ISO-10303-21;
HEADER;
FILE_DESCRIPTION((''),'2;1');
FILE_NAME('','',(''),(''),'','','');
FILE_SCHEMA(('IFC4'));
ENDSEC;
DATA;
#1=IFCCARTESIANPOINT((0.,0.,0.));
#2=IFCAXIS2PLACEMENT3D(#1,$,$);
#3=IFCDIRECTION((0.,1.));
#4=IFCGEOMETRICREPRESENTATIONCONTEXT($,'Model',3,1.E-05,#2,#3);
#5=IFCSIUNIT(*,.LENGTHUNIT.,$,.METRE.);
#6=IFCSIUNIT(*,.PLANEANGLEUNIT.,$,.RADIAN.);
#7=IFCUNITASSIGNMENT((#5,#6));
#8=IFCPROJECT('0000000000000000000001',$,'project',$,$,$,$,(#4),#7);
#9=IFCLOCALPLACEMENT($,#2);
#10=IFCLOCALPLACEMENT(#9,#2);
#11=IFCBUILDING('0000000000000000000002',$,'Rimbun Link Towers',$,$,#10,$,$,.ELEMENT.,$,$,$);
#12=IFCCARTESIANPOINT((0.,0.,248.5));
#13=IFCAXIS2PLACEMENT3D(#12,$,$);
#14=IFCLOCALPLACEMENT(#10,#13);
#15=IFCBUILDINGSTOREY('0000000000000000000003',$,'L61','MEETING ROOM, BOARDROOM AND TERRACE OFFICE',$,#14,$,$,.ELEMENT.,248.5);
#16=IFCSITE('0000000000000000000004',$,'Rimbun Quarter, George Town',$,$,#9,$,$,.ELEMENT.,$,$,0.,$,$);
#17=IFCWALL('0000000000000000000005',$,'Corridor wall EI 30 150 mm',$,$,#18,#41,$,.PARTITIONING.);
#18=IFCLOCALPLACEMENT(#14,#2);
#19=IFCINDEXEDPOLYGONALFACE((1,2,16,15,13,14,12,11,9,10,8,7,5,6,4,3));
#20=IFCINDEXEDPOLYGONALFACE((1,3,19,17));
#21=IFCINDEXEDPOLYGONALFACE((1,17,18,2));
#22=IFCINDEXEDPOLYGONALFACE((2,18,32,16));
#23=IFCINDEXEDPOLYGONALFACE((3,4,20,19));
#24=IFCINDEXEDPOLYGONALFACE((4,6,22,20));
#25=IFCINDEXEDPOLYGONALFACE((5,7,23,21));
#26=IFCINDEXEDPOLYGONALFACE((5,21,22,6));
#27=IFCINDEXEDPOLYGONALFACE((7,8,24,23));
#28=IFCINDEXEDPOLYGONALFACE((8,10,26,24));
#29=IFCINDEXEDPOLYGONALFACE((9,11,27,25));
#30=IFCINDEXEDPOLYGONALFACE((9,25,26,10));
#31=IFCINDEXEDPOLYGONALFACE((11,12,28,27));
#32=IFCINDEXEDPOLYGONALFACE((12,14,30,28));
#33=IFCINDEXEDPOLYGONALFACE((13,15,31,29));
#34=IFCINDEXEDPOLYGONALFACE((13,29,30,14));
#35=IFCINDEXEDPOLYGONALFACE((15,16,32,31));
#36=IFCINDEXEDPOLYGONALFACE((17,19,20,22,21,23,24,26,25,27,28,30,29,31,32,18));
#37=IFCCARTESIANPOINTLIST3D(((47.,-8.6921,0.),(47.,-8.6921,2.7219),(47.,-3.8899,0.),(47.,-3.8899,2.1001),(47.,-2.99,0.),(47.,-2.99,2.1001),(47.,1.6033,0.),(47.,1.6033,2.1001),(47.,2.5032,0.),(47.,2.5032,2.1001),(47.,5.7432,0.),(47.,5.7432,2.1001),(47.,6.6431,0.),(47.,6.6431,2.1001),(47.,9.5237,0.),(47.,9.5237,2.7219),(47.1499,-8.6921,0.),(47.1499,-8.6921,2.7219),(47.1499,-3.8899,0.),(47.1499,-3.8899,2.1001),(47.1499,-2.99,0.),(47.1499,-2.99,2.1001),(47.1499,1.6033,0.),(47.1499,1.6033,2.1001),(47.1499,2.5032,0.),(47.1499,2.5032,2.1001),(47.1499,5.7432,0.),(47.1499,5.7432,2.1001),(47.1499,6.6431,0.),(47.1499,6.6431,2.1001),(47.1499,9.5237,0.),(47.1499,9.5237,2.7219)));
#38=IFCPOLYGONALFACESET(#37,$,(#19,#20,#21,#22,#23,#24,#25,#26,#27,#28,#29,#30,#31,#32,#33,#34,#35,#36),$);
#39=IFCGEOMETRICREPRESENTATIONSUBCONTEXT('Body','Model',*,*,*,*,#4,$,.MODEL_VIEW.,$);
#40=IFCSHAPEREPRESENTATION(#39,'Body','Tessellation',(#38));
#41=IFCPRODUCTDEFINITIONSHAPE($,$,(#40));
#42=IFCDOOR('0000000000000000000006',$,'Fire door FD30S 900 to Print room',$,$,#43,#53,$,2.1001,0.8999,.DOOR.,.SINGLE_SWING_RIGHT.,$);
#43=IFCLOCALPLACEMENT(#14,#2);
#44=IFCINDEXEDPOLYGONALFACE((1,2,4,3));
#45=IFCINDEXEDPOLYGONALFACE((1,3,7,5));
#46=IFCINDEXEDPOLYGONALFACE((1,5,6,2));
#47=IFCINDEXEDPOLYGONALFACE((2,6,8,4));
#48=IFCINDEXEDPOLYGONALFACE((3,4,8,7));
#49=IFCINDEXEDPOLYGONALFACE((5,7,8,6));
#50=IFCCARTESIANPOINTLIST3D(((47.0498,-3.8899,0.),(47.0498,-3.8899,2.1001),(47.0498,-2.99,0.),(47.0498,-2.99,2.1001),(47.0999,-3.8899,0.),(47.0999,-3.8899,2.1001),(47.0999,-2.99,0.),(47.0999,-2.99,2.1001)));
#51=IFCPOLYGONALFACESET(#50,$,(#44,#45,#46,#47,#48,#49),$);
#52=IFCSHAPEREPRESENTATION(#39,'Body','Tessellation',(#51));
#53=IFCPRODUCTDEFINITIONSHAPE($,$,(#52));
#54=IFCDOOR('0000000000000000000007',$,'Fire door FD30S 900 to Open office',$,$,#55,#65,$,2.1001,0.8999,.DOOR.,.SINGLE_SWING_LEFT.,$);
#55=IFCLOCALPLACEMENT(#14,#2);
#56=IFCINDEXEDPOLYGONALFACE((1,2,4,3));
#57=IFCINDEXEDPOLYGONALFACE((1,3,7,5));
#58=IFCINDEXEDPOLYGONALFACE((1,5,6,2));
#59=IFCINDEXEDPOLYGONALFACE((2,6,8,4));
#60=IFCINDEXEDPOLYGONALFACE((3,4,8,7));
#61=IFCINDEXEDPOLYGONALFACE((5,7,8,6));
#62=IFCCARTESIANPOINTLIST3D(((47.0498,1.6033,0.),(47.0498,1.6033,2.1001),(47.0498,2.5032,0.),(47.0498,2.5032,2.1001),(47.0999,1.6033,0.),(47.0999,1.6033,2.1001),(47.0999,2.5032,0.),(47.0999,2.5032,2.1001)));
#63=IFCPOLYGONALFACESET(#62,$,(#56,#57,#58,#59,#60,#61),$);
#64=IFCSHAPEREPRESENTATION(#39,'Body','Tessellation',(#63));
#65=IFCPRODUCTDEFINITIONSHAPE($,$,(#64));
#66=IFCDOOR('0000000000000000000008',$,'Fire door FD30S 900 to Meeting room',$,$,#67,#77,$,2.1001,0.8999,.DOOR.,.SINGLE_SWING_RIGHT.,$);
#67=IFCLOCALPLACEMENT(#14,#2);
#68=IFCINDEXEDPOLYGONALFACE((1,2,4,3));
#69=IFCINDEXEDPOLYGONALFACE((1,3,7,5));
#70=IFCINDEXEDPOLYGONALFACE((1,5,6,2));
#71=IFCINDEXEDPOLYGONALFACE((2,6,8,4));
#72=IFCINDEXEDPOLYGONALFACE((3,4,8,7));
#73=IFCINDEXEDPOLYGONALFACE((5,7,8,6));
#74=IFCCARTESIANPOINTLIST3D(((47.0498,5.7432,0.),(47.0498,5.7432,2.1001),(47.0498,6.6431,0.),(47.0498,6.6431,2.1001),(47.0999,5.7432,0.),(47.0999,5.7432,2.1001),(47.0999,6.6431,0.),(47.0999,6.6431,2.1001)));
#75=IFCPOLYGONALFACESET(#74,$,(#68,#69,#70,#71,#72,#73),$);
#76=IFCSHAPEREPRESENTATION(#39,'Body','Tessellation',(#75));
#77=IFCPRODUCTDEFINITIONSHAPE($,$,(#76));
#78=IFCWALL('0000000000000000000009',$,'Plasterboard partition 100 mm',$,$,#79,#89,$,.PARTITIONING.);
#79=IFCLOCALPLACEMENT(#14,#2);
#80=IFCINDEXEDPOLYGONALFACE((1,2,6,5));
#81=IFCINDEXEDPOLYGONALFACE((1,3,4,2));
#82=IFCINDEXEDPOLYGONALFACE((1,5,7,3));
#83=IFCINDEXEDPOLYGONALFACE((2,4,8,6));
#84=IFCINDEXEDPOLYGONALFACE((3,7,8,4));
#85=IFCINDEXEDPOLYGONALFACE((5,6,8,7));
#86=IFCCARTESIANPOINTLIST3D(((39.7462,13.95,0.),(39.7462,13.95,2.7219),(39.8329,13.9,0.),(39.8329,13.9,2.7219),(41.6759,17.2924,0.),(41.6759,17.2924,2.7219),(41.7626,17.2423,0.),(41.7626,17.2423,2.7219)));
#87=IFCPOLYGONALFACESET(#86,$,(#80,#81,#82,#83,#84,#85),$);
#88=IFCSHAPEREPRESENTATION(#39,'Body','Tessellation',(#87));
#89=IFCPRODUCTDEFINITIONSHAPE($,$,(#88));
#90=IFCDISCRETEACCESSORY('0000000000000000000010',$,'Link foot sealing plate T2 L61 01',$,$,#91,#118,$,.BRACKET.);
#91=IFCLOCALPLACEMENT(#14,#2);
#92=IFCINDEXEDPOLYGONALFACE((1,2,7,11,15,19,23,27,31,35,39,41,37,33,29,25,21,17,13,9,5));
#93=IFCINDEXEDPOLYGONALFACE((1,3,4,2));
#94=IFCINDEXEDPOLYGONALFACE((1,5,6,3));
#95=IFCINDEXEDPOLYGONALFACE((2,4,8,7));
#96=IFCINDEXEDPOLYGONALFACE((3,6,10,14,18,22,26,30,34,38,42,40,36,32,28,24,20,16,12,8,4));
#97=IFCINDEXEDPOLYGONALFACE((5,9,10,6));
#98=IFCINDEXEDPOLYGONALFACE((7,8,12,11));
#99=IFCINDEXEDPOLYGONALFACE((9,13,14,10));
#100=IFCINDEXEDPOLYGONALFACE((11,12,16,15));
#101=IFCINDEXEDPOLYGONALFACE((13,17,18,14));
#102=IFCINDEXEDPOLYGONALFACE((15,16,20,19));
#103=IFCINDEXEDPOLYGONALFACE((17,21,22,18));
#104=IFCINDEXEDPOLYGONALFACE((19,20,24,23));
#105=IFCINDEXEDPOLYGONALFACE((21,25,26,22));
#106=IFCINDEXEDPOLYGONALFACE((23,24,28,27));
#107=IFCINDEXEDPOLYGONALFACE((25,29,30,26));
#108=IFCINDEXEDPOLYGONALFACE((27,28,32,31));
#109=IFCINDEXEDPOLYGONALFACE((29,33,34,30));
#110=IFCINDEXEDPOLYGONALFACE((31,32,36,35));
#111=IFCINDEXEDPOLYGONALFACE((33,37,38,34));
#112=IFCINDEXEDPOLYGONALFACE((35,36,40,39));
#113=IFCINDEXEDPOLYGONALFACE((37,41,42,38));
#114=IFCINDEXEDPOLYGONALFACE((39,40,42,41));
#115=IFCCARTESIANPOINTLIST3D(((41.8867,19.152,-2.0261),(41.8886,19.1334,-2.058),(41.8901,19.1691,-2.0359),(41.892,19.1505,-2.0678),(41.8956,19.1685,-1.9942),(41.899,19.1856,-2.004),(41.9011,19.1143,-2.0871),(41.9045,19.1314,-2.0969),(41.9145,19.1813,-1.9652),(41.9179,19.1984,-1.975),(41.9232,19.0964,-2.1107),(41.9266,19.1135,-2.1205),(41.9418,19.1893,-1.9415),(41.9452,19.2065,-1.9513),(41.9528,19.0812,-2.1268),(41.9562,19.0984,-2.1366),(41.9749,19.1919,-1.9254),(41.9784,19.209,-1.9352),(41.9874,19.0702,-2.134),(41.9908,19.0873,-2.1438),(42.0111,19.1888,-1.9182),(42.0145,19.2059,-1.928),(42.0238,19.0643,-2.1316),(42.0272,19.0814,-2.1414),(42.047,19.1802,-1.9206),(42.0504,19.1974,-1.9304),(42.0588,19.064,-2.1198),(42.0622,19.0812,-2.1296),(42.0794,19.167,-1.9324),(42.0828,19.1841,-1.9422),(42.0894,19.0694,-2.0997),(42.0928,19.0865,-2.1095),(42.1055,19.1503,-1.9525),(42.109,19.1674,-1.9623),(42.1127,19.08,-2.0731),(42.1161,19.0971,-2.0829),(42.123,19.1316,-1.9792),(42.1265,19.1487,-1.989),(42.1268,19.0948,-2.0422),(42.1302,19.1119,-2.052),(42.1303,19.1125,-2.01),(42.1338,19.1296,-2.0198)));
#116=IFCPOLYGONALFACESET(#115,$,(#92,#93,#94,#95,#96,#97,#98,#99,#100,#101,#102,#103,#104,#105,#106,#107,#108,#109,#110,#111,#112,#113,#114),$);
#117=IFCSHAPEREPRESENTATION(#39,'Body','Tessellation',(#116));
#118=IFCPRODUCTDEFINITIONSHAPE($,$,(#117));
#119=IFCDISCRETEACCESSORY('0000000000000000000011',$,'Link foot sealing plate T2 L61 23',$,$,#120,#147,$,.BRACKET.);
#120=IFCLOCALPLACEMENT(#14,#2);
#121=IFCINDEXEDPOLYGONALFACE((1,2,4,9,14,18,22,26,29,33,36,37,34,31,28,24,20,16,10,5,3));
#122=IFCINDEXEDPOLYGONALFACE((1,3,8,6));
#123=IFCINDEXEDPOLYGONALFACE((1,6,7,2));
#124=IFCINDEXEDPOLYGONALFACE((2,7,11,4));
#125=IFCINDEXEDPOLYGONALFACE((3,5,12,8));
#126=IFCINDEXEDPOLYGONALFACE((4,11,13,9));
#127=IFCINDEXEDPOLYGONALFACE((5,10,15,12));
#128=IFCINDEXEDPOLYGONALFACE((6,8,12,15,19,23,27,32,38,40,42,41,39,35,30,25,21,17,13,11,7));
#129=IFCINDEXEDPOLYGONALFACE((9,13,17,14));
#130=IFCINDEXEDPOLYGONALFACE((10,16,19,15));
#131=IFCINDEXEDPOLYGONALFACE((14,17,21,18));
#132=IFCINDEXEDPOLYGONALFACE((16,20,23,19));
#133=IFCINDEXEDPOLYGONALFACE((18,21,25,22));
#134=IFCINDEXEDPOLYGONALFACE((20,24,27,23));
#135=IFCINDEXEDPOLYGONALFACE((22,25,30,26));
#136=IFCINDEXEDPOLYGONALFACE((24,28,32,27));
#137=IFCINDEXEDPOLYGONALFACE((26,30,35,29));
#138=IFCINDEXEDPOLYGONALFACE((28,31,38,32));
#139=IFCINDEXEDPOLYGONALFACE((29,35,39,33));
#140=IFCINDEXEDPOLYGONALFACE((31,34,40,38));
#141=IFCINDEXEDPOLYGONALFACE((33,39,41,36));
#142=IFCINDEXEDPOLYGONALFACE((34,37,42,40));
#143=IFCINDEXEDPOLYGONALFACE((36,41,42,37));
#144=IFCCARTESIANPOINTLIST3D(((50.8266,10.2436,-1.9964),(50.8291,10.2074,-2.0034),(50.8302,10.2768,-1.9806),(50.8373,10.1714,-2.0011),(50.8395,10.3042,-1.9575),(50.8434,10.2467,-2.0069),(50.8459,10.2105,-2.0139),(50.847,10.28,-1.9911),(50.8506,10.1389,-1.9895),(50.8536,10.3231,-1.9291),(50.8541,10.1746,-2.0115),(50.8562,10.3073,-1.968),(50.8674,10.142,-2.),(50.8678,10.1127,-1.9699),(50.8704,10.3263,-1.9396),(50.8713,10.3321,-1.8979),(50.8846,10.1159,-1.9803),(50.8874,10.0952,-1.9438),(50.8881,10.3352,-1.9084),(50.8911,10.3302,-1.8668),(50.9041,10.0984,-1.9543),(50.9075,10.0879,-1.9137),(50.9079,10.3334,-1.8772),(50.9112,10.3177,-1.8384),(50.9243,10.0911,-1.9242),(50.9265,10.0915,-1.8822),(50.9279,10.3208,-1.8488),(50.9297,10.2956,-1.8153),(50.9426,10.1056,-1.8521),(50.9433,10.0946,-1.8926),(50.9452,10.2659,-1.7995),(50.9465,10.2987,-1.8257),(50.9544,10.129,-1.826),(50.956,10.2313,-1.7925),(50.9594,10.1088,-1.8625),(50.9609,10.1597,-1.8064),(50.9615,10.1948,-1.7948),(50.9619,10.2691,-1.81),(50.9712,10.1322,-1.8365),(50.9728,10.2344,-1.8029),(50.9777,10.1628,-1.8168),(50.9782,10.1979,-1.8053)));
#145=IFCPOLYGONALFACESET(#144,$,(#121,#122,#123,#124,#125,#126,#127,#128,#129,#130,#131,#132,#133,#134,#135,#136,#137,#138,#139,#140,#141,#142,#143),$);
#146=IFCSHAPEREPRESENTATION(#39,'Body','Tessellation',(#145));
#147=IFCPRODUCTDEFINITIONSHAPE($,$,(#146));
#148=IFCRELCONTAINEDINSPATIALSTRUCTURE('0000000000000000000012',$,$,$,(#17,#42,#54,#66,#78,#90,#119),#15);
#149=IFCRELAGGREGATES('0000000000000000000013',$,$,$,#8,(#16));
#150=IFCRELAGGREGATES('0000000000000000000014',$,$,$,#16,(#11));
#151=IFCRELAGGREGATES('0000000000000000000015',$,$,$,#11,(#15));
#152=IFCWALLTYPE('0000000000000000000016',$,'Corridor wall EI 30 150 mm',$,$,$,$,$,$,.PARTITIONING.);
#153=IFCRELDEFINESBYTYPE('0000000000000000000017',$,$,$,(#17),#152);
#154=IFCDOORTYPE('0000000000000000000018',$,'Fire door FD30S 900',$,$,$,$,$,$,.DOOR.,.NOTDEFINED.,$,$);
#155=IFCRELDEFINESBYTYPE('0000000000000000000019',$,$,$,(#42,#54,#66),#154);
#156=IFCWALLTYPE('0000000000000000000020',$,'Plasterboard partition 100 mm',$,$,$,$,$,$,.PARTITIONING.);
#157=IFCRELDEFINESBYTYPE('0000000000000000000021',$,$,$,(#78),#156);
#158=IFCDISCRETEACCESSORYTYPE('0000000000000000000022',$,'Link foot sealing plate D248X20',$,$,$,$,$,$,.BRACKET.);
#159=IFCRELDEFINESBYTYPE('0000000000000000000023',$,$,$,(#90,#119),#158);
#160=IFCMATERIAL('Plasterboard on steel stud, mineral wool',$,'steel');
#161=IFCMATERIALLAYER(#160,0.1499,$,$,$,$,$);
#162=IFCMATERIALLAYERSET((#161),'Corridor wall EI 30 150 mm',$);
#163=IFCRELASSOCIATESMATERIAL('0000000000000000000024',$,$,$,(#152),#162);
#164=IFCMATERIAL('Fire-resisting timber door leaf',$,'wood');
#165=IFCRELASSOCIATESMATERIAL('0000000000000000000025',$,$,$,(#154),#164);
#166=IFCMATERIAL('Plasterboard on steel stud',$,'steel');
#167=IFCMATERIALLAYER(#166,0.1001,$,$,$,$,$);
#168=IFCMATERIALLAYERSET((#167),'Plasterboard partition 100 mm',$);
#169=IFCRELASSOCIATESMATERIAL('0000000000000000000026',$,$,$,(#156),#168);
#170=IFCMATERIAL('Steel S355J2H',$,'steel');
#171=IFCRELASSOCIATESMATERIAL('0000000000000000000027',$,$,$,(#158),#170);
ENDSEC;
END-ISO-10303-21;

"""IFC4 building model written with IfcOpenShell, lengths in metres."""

from ifc_helpers import new_model, si_unit, direction, frame, frame_2d, origin, origin_2d, place, context, subcontext, project, spatial, rectangle, circle, extrude, material, layer, layer_set, material_profile, profile_set, type_object, element, fill, save


model = new_model("IFC4")

# Units and contexts
model_context = context("Model", 3, precision=1e-05, world=origin(), true_north=direction((0.0, 1.0)))
body_context = subcontext(model_context, "Body", "Model", "MODEL_VIEW")
ifc_project = project(units=[si_unit("LENGTHUNIT", "METRE"), si_unit("PLANEANGLEUNIT", "RADIAN")], contexts=[model_context])

# Site, building, storey
site_placement = place(None, origin())
site = spatial("IfcSite", under=ifc_project, at=site_placement, Name="Rimbun Quarter, George Town", CompositionType="ELEMENT", RefElevation=0.0)
building_placement = place(site_placement, origin())
building = spatial("IfcBuilding", under=site, at=building_placement, Name="Rimbun Link Towers", CompositionType="ELEMENT")
storey_placement = place(building_placement, frame((0.0, 0.0, 248.5)))
storey = spatial("IfcBuildingStorey", under=building, at=storey_placement, Name="L61", Description="MEETING ROOM, BOARDROOM AND TERRACE OFFICE", CompositionType="ELEMENT", Elevation=248.5)

# Wall, openings, doors
ifc_material_1 = material(Name="Plasterboard on steel stud, mineral wool", Category="steel")
ifc_layer_1 = layer(ifc_material_1, 0.1499)
ifc_layer_set_1 = layer_set([ifc_layer_1], Name="Corridor wall EI 30 150 mm")
wall_type_1 = type_object("IfcWallType", Name="Corridor wall EI 30 150 mm", PredefinedType="PARTITIONING", material=ifc_layer_set_1)
wall_1_placement = place(storey_placement, frame((47.075, 9.5237, 0.0), z_axis=(0.0, 0.0, 1.0), x_axis=(0.0, -1.0, 0.0)))
wall_1 = element("IfcWall", 1, at=wall_1_placement, inside=storey, type_object=wall_type_1, Name="Corridor wall EI 30 150 mm", PredefinedType="PARTITIONING", context=body_context, shape_type="SweptSolid", body=[
    extrude(rectangle(XDim=18.2158, YDim=0.1499, at=frame_2d((9.1079, 0.0))), origin(), (0.0, 0.0, 1.0), 2.7219),
])
opening_1_placement = place(wall_1_placement, frame((12.5137, 0.0, 0.0)))
opening_1 = element("IfcOpeningElement", 2, at=opening_1_placement, cuts=wall_1, PredefinedType="OPENING", context=body_context, shape_type="SweptSolid", body=[
    extrude(rectangle(XDim=0.8999, YDim=2.1001, at=frame_2d((0.45, 1.05))), frame((0.0, 0.085, 0.0), z_axis=(0.0, -1.0, 0.0), x_axis=(1.0, 0.0, 0.0)), (0.0, 0.0, 1.0), 0.1699),
])
opening_2_placement = place(wall_1_placement, frame((7.0205, 0.0, 0.0)))
opening_2 = element("IfcOpeningElement", 3, at=opening_2_placement, cuts=wall_1, PredefinedType="OPENING", context=body_context, shape_type="SweptSolid", body=[
    extrude(rectangle(XDim=0.8999, YDim=2.1001, at=frame_2d((0.45, 1.05))), frame((0.0, 0.085, 0.0), z_axis=(0.0, -1.0, 0.0), x_axis=(1.0, 0.0, 0.0)), (0.0, 0.0, 1.0), 0.1699),
])
opening_3_placement = place(wall_1_placement, frame((2.8806, 0.0, 0.0)))
opening_3 = element("IfcOpeningElement", 4, at=opening_3_placement, cuts=wall_1, PredefinedType="OPENING", context=body_context, shape_type="SweptSolid", body=[
    extrude(rectangle(XDim=0.8999, YDim=2.1001, at=frame_2d((0.45, 1.05))), frame((0.0, 0.085, 0.0), z_axis=(0.0, -1.0, 0.0), x_axis=(1.0, 0.0, 0.0)), (0.0, 0.0, 1.0), 0.1699),
])
ifc_material_2 = material(Name="Fire-resisting timber door leaf", Category="wood")
door_type = type_object("IfcDoorType", Name="Fire door FD30S 900", OperationType="NOTDEFINED", PredefinedType="DOOR", material=ifc_material_2)
door_1_placement = place(opening_1_placement, origin())
door_1 = element("IfcDoor", 5, at=door_1_placement, inside=storey, type_object=door_type, Name="Fire door FD30S 900 to Print room", OperationType="SINGLE_SWING_RIGHT", OverallHeight=2.1001, OverallWidth=0.8999, PredefinedType="DOOR", context=body_context, shape_type="SweptSolid", body=[
    extrude(rectangle(XDim=0.8999, YDim=2.1001, at=frame_2d((0.45, 1.05))), frame((0.0, 0.0249, 0.0), z_axis=(0.0, -1.0, 0.0), x_axis=(1.0, 0.0, 0.0)), (0.0, 0.0, 1.0), 0.05),
])
fill(opening_1, door_1)
door_2_placement = place(opening_2_placement, origin())
door_2 = element("IfcDoor", 6, at=door_2_placement, inside=storey, type_object=door_type, Name="Fire door FD30S 900 to Open office", OperationType="SINGLE_SWING_LEFT", OverallHeight=2.1001, OverallWidth=0.8999, PredefinedType="DOOR", context=body_context, shape_type="SweptSolid", body=[
    extrude(rectangle(XDim=0.8999, YDim=2.1001, at=frame_2d((0.45, 1.05))), frame((0.0, 0.0249, 0.0), z_axis=(0.0, -1.0, 0.0), x_axis=(1.0, 0.0, 0.0)), (0.0, 0.0, 1.0), 0.05),
])
fill(opening_2, door_2)
door_3_placement = place(opening_3_placement, origin())
door_3 = element("IfcDoor", 7, at=door_3_placement, inside=storey, type_object=door_type, Name="Fire door FD30S 900 to Meeting room", OperationType="SINGLE_SWING_RIGHT", OverallHeight=2.1001, OverallWidth=0.8999, PredefinedType="DOOR", context=body_context, shape_type="SweptSolid", body=[
    extrude(rectangle(XDim=0.8999, YDim=2.1001, at=frame_2d((0.45, 1.05))), frame((0.0, 0.0249, 0.0), z_axis=(0.0, -1.0, 0.0), x_axis=(1.0, 0.0, 0.0)), (0.0, 0.0, 1.0), 0.05),
])
fill(opening_3, door_3)

# Wall
ifc_material_3 = material(Name="Plasterboard on steel stud", Category="steel")
ifc_layer_2 = layer(ifc_material_3, 0.1001)
ifc_layer_set_2 = layer_set([ifc_layer_2], Name="Plasterboard partition 100 mm")
wall_type_2 = type_object("IfcWallType", Name="Plasterboard partition 100 mm", PredefinedType="PARTITIONING", material=ifc_layer_set_2)
wall_2_placement = place(storey_placement, frame((41.7192, 17.2673, 0.0), z_axis=(0.0, 0.0, 1.0), x_axis=(-0.500004, -0.866023, 0.0)))
element("IfcWall", 8, at=wall_2_placement, inside=storey, type_object=wall_type_2, Name="Plasterboard partition 100 mm", PredefinedType="PARTITIONING", context=body_context, shape_type="SweptSolid", body=[
    extrude(rectangle(XDim=3.8594, YDim=0.1001, at=frame_2d((1.9297, 0.0))), origin(), (0.0, 0.0, 1.0), 2.7219),
])

# Discrete accessories
ifc_material_4 = material(Name="Steel S355J2H", Category="steel")
ifc_material_profile_1 = material_profile(ifc_material_4, circle(Radius=0.124, at=origin_2d()), Name="PL D248")
ifc_profile_set_1 = profile_set([ifc_material_profile_1], Name="Steel S355J2H")
discrete_accessory_type = type_object("IfcDiscreteAccessoryType", Name="Link foot sealing plate D248X20", PredefinedType="BRACKET", material=ifc_profile_set_1)
for number, where, z_axis, x_axis, name in (
    (9, (42.0083, 19.1277, -2.0261), (0.171088, 0.855442, -0.488824), (-0.980581, 0.196116, 0.0), "Link foot sealing plate T2 L61 01"),
    (10, (50.8943, 10.2102, -1.8979), (0.838043, 0.157892, -0.522259), (-0.185148, 0.982711, 0.0), "Link foot sealing plate T2 L61 23"),
):
    element("IfcDiscreteAccessory", number, at=place(storey_placement, frame(where, z_axis=z_axis, x_axis=x_axis)), inside=storey, type_object=discrete_accessory_type, Name=name, PredefinedType="BRACKET", context=body_context, shape_type="SweptSolid", body=[
        extrude(circle(Radius=0.124, at=origin_2d()), origin(), (0.0, 0.0, 1.0), 0.02),
    ])

save(model, "model.ifc")
